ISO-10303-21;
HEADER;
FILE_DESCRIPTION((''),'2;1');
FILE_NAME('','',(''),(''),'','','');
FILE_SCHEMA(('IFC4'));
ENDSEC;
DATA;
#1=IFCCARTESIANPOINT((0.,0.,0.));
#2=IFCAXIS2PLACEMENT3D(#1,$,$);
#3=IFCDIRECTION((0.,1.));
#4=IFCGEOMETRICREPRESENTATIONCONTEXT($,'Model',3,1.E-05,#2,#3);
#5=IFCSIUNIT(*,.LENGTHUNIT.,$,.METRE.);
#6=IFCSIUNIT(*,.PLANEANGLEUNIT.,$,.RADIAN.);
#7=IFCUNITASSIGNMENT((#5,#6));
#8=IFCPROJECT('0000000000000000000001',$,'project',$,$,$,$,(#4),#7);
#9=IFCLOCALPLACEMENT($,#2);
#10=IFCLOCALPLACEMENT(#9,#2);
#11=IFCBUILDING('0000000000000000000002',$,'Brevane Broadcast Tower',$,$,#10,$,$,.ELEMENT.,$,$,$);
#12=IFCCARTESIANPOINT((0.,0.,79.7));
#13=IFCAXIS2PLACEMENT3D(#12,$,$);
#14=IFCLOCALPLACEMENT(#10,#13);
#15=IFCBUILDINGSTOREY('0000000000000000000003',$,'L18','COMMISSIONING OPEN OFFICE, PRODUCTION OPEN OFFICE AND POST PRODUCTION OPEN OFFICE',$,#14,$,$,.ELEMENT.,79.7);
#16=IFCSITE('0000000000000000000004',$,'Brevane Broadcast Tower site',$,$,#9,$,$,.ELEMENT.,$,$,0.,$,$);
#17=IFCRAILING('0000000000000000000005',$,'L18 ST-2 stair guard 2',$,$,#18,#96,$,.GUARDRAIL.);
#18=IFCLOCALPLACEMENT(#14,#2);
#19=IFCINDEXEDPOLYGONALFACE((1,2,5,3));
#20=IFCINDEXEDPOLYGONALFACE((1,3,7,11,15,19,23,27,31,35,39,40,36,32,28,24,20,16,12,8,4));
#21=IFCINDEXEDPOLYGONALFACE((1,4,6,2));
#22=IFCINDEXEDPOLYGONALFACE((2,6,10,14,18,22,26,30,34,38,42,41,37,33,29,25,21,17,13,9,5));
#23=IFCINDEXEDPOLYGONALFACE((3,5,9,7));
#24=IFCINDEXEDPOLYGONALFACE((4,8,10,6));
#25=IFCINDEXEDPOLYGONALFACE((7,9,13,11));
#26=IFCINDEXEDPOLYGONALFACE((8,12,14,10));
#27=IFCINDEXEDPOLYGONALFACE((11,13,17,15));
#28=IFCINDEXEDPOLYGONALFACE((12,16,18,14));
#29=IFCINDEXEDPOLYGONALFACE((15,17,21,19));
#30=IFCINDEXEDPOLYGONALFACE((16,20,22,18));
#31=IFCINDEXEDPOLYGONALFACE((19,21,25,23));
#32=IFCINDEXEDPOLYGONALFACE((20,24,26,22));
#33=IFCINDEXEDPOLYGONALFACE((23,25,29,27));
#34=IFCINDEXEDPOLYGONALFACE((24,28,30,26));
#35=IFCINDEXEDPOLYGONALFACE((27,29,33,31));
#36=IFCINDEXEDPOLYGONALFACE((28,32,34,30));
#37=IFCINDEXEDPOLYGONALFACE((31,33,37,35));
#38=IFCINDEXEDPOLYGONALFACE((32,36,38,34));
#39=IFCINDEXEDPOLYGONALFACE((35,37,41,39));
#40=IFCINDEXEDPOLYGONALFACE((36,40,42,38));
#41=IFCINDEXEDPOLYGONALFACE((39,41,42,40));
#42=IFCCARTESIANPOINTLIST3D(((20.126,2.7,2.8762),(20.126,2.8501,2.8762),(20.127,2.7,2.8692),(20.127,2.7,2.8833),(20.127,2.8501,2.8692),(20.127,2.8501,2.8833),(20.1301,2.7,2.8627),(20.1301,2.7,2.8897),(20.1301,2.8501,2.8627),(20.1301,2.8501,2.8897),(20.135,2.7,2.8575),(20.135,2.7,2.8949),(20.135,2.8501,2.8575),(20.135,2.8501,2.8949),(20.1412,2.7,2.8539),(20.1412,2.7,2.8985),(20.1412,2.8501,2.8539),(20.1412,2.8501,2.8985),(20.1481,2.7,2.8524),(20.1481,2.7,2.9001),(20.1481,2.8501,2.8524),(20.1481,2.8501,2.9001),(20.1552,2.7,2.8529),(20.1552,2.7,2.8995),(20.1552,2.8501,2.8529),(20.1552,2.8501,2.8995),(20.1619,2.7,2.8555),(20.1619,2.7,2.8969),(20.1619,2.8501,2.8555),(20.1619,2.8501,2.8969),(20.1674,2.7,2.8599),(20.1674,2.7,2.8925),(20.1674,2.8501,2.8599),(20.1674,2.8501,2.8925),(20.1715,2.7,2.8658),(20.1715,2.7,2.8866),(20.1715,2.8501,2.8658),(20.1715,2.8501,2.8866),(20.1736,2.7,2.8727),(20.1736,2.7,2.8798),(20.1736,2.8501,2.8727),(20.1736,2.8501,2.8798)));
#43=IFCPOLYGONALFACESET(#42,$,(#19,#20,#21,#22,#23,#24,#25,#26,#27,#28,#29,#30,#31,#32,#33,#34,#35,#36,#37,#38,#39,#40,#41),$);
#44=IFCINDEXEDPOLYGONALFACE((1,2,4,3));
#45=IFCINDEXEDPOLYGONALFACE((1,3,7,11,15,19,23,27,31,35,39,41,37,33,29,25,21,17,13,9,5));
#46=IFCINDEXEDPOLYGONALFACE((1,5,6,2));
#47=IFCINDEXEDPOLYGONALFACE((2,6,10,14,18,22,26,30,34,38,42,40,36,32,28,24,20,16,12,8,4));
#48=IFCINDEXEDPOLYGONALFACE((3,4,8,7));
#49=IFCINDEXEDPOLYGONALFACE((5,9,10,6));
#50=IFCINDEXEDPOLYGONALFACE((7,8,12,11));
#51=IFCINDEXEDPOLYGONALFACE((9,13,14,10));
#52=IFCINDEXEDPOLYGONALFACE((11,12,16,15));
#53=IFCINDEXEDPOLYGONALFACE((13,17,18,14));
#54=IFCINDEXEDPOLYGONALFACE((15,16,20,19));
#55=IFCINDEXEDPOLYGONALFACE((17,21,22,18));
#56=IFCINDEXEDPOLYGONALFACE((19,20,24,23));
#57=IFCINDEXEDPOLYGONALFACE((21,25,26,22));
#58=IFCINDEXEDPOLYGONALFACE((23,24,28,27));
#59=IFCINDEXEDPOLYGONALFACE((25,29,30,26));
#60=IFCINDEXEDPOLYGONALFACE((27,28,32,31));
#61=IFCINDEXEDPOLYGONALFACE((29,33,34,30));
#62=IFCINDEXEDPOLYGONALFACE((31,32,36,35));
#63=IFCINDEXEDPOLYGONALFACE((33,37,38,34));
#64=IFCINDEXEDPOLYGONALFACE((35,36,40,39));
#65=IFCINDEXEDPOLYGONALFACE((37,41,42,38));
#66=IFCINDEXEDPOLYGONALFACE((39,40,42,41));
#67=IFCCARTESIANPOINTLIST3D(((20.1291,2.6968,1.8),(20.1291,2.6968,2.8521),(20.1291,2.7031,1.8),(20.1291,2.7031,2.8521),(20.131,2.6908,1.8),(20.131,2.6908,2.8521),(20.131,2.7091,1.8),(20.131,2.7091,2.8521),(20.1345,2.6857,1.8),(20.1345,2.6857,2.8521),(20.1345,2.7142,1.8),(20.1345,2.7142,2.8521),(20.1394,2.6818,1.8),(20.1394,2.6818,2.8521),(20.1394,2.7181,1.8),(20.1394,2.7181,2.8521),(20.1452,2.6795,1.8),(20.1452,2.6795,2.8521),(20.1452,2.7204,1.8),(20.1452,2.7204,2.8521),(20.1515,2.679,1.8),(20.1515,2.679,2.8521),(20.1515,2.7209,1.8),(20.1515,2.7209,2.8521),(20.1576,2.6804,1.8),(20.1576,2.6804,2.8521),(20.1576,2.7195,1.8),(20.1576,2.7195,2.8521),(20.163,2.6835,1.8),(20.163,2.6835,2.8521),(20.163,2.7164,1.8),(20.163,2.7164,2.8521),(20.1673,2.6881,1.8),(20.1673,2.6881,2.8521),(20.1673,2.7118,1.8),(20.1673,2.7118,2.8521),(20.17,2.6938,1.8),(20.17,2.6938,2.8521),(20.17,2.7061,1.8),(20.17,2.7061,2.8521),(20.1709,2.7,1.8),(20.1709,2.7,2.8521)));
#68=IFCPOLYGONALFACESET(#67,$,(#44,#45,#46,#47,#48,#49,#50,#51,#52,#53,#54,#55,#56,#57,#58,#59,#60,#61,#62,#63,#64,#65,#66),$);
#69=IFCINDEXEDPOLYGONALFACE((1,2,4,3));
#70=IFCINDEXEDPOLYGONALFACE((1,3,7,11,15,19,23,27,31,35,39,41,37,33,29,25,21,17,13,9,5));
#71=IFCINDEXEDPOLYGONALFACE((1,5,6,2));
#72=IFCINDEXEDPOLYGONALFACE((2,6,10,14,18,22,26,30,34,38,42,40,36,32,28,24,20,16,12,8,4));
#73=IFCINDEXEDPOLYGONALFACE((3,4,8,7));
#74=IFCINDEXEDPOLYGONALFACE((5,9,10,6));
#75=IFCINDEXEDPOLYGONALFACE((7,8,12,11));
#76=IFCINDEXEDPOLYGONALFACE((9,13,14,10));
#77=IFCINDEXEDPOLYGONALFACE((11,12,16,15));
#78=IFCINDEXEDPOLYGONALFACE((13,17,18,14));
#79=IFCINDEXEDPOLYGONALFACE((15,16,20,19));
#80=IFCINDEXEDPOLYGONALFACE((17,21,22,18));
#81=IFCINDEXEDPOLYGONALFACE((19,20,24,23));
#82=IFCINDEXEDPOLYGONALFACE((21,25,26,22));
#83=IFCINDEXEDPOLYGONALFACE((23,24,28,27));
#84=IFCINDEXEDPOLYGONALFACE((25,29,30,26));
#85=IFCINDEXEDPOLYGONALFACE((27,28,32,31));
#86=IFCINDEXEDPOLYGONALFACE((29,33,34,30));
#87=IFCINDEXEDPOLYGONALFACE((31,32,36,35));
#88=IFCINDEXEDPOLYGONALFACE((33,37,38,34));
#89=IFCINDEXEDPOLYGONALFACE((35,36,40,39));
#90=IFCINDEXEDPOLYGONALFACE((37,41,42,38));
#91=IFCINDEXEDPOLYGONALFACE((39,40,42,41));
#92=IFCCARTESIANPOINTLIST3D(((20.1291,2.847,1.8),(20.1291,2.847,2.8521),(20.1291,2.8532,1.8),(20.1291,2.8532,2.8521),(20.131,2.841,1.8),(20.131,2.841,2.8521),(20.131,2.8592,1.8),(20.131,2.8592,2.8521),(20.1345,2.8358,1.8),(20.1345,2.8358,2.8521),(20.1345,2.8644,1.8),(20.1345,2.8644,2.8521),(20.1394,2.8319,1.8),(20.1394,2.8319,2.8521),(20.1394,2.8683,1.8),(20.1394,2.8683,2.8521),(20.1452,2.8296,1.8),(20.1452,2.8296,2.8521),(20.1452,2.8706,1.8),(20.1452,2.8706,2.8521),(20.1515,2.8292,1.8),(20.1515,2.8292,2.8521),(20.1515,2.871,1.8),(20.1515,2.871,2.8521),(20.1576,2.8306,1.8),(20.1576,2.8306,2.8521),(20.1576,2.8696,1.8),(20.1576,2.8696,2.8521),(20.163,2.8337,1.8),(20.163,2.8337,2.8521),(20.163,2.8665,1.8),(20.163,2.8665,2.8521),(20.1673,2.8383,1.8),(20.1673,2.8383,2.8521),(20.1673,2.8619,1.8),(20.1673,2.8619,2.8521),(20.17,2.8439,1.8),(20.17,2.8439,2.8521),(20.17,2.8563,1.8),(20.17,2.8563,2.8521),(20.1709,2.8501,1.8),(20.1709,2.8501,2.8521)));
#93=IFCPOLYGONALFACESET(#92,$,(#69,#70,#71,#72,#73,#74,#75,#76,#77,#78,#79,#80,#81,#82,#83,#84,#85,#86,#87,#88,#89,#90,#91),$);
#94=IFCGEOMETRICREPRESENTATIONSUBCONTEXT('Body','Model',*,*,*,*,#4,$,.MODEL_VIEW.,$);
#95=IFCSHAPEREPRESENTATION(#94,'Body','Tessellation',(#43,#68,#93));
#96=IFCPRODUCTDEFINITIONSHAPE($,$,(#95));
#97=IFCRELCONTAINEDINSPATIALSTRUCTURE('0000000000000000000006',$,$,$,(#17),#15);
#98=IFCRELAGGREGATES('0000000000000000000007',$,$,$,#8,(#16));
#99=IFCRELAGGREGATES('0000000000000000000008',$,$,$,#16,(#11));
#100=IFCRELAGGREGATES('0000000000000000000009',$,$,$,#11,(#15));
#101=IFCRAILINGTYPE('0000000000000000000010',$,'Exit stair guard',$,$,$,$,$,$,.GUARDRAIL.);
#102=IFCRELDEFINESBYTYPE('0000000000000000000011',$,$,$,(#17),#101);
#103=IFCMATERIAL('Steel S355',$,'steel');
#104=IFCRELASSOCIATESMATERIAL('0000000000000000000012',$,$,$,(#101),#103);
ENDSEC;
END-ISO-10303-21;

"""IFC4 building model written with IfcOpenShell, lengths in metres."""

from ifc_helpers import new_model, si_unit, direction, frame, origin, origin_2d, place, context, subcontext, project, spatial, circle, extrude, material, type_object, element, save


model = new_model("IFC4")

# Units and contexts
model_context = context("Model", 3, precision=1e-05, world=origin(), true_north=direction((0.0, 1.0)))
body_context = subcontext(model_context, "Body", "Model", "MODEL_VIEW")
ifc_project = project(units=[si_unit("LENGTHUNIT", "METRE"), si_unit("PLANEANGLEUNIT", "RADIAN")], contexts=[model_context])

# Site, building, storey
site_placement = place(None, origin())
site = spatial("IfcSite", under=ifc_project, at=site_placement, Name="Brevane Broadcast Tower site", CompositionType="ELEMENT", RefElevation=0.0)
building_placement = place(site_placement, origin())
building = spatial("IfcBuilding", under=site, at=building_placement, Name="Brevane Broadcast Tower", CompositionType="ELEMENT")
storey_placement = place(building_placement, frame((0.0, 0.0, 79.7)))
storey = spatial("IfcBuildingStorey", under=building, at=storey_placement, Name="L18", Description="COMMISSIONING OPEN OFFICE, PRODUCTION OPEN OFFICE AND POST PRODUCTION OPEN OFFICE", CompositionType="ELEMENT", Elevation=79.7)

# Railing
ifc_material_1 = material(Name="Steel S355", Category="steel")
railing_type_1 = type_object("IfcRailingType", Name="Exit stair guard", PredefinedType="GUARDRAIL", material=ifc_material_1)
railing_1_placement = place(storey_placement, frame((20.1499, 2.7, 1.8)))
element("IfcRailing", 1, at=railing_1_placement, inside=storey, type_object=railing_type_1, Name="L18 ST-2 stair guard 2", PredefinedType="GUARDRAIL", context=body_context, shape_type="SweptSolid", body=[
    extrude(circle(Radius=0.0239, at=origin_2d()), frame((0.0, 0.0, 1.0762), z_axis=(0.0, 1.0, 0.0), x_axis=(-1.0, 0.0, 0.0)), (0.0, 0.0, 1.0), 0.1501),
    extrude(circle(Radius=0.021, at=origin_2d()), origin(), (0.0, 0.0, 1.0), 1.052),
    extrude(circle(Radius=0.021, at=origin_2d()), frame((0.0, 0.1501, 0.0)), (0.0, 0.0, 1.0), 1.052),
])

save(model, "model.ifc")
